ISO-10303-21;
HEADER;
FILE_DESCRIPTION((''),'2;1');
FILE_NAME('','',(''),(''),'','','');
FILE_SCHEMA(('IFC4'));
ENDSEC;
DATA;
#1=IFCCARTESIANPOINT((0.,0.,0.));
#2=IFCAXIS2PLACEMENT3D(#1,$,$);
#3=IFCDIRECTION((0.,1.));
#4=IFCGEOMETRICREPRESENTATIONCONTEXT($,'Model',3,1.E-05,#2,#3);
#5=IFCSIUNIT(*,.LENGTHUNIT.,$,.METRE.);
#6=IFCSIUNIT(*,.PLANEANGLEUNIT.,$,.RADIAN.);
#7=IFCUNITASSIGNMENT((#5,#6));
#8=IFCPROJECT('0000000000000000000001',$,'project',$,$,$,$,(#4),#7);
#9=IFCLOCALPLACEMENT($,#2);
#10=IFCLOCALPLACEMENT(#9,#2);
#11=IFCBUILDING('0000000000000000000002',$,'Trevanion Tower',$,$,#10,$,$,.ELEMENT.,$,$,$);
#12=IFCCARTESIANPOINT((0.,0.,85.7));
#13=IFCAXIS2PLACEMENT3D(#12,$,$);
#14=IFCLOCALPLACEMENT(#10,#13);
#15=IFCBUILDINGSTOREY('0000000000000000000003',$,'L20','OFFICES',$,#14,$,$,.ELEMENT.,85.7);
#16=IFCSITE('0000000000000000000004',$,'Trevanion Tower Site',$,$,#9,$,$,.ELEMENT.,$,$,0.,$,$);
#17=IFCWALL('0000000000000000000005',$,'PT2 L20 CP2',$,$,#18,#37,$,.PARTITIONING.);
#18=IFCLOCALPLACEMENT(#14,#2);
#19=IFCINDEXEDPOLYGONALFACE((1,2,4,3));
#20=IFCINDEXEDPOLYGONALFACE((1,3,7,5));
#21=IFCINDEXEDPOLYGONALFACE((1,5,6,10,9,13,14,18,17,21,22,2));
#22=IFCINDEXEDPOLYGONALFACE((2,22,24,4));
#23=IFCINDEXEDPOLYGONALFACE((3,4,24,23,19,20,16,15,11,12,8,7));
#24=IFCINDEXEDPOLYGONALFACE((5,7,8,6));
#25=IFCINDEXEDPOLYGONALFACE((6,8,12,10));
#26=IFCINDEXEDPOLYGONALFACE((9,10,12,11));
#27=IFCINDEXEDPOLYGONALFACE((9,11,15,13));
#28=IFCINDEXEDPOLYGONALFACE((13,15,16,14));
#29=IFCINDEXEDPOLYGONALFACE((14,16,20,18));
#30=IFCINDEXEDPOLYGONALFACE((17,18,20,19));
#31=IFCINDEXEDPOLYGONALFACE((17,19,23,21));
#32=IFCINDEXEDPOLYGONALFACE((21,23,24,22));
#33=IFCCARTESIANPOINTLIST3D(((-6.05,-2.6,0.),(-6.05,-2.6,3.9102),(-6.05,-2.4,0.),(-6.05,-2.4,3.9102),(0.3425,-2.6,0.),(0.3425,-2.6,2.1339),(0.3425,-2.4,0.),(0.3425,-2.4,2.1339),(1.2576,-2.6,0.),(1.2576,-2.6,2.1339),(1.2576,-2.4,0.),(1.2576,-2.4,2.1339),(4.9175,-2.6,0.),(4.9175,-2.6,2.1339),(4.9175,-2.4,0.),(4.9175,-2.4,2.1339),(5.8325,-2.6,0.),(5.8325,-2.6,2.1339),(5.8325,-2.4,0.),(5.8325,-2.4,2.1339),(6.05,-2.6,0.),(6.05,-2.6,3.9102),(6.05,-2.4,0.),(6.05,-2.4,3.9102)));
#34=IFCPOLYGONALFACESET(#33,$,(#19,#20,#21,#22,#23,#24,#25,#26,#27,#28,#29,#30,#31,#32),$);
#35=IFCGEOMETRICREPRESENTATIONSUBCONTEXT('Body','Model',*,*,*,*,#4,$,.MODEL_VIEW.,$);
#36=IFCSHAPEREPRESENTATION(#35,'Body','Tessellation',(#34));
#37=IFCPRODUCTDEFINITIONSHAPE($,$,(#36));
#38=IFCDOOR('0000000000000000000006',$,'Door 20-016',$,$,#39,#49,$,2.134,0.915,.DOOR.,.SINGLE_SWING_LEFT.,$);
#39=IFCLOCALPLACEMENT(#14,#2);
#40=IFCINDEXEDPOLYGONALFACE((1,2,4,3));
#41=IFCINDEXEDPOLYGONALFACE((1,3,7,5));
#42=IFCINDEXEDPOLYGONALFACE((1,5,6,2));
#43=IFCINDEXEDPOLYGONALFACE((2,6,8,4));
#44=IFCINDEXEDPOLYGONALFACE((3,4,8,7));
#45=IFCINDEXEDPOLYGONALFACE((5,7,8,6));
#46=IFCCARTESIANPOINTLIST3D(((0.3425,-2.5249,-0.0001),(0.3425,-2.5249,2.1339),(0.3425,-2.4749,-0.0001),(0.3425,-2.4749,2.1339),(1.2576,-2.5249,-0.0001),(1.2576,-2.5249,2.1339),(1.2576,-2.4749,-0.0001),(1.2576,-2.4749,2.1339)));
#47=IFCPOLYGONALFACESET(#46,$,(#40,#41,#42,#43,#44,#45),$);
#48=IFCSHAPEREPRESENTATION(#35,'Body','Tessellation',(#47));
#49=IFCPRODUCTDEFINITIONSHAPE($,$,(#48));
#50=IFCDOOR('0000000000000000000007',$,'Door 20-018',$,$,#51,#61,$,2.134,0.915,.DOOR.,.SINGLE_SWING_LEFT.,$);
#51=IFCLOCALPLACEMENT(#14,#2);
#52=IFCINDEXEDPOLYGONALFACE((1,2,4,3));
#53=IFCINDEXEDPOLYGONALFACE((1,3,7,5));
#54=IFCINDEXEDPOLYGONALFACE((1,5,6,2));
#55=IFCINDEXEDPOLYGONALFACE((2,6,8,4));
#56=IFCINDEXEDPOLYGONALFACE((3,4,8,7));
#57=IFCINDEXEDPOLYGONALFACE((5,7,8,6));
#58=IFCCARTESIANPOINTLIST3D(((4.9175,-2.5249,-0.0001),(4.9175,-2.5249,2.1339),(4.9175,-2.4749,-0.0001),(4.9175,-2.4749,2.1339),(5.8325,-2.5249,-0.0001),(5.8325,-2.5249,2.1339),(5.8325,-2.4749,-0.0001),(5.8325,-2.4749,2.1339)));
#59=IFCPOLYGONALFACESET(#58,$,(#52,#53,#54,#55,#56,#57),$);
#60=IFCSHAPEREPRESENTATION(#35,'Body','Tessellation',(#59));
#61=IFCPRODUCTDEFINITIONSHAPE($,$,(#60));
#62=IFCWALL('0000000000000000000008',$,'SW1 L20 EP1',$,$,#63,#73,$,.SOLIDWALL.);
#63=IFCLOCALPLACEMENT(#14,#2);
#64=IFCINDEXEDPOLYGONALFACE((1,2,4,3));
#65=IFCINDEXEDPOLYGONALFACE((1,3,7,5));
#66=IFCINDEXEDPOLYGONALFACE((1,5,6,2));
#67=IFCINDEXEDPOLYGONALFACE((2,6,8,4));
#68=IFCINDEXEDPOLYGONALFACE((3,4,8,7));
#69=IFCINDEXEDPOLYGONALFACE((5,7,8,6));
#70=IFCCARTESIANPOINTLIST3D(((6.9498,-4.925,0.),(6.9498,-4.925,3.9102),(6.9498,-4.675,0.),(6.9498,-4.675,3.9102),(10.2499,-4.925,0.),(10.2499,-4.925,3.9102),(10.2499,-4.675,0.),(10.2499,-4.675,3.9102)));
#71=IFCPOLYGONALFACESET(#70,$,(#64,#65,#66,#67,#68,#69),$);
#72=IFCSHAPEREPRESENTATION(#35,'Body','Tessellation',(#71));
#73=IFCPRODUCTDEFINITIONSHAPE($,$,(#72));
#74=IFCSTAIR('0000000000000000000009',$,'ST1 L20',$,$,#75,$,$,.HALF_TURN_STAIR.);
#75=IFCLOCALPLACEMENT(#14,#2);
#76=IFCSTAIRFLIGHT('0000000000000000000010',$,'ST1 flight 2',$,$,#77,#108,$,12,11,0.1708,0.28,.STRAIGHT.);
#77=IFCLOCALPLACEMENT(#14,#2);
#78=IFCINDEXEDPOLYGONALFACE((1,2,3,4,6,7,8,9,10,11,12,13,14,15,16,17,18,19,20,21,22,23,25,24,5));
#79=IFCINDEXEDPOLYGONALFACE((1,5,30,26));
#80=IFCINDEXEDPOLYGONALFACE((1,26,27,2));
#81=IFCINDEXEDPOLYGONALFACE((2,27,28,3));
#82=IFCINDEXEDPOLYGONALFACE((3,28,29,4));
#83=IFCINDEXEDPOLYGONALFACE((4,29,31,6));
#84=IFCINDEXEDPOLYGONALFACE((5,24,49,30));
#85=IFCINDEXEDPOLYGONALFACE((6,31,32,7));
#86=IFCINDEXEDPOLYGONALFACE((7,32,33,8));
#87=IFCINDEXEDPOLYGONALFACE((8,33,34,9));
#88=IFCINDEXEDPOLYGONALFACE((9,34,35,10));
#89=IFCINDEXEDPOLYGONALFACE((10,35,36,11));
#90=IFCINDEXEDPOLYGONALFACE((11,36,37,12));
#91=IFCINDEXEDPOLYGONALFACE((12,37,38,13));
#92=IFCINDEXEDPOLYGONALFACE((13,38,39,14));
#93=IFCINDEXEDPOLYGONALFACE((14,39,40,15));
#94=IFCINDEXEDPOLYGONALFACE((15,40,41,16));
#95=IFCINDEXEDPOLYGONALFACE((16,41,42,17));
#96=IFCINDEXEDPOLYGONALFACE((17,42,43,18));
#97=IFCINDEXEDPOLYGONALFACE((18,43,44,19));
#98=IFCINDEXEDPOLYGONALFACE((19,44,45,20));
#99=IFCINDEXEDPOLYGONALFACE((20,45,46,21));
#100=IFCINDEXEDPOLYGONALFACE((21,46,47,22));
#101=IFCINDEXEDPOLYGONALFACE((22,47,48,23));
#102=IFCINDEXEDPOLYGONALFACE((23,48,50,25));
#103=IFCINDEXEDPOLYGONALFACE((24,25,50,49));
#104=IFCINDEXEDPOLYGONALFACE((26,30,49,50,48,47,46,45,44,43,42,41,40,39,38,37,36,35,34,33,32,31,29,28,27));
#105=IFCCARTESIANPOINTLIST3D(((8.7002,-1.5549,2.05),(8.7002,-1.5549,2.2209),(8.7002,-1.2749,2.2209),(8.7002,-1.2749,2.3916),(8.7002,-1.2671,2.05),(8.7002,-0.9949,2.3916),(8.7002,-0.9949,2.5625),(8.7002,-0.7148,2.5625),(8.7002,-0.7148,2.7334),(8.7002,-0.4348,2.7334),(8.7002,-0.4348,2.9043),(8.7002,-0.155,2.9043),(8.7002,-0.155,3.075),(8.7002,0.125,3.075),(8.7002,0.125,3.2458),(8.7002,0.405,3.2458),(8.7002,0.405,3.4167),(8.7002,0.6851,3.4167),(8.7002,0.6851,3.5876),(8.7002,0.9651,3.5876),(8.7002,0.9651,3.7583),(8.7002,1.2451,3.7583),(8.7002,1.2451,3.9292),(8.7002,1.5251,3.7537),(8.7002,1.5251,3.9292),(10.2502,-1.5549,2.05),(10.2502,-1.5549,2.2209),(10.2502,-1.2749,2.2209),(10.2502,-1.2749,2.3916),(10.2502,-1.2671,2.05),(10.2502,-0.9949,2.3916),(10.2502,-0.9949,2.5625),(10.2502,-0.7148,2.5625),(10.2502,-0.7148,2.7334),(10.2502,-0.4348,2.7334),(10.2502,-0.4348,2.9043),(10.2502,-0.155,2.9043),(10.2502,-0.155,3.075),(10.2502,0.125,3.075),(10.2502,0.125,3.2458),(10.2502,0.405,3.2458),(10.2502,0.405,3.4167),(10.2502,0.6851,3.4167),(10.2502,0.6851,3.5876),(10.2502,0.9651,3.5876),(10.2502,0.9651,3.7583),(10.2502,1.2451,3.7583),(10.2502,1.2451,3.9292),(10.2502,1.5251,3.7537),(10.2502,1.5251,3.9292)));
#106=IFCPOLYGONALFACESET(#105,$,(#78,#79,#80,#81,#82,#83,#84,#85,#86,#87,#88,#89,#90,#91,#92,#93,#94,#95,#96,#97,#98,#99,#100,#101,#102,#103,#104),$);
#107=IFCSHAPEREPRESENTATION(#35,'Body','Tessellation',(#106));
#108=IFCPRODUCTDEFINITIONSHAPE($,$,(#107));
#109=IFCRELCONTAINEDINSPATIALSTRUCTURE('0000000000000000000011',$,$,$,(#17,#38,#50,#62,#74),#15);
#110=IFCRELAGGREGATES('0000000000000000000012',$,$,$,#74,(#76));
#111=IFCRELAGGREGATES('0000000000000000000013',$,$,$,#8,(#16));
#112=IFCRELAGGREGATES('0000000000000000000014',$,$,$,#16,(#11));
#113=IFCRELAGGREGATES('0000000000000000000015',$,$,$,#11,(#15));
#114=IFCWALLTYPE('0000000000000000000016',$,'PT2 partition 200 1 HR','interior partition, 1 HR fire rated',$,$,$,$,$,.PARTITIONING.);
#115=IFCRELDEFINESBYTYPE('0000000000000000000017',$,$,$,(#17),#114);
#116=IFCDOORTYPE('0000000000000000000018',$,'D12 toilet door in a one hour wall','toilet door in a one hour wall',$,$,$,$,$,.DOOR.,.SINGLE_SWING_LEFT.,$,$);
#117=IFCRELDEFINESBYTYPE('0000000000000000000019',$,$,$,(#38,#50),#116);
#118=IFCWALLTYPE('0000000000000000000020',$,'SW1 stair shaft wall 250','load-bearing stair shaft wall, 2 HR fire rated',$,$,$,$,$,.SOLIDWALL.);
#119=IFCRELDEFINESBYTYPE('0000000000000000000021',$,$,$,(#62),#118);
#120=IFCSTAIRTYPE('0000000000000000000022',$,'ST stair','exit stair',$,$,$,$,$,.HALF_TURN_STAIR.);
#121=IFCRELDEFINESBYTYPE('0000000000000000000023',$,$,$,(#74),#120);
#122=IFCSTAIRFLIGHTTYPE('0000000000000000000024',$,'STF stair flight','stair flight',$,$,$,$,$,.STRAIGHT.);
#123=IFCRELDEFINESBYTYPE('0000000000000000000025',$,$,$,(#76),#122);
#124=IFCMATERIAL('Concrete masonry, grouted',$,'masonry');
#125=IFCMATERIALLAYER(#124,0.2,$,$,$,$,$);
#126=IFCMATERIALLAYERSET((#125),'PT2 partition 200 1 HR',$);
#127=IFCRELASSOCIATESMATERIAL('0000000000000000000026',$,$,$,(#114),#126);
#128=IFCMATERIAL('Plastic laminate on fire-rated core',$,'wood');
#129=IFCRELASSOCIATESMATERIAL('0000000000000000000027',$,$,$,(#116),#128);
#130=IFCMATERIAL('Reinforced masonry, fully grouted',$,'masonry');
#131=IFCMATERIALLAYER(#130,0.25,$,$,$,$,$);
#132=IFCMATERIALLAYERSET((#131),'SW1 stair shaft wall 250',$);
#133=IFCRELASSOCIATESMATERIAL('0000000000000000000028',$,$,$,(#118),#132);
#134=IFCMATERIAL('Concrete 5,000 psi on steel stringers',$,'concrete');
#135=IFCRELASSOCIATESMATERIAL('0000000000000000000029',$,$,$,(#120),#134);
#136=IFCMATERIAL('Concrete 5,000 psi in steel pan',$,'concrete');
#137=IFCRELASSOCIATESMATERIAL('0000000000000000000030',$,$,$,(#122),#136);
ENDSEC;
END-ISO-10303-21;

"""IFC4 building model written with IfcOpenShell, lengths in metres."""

from ifc_helpers import new_model, si_unit, direction, frame, frame_2d, origin, place, context, subcontext, project, spatial, polyline, rectangle, outline, extrude, material, layer, layer_set, type_object, element, fill, aggregate, save


model = new_model("IFC4")

# Units and contexts
model_context = context("Model", 3, precision=1e-05, world=origin(), true_north=direction((0.0, 1.0)))
body_context = subcontext(model_context, "Body", "Model", "MODEL_VIEW")
ifc_project = project(units=[si_unit("LENGTHUNIT", "METRE"), si_unit("PLANEANGLEUNIT", "RADIAN")], contexts=[model_context])

# Site, building, storey
site_placement = place(None, origin())
site = spatial("IfcSite", under=ifc_project, at=site_placement, Name="Trevanion Tower Site", CompositionType="ELEMENT", RefElevation=0.0)
building_placement = place(site_placement, origin())
building = spatial("IfcBuilding", under=site, at=building_placement, Name="Trevanion Tower", CompositionType="ELEMENT")
storey_placement = place(building_placement, frame((0.0, 0.0, 85.7)))
storey = spatial("IfcBuildingStorey", under=building, at=storey_placement, Name="L20", Description="OFFICES", CompositionType="ELEMENT", Elevation=85.7)

# Wall, openings, doors
ifc_material_1 = material(Name="Concrete masonry, grouted", Category="masonry")
ifc_layer_1 = layer(ifc_material_1, 0.2)
ifc_layer_set_1 = layer_set([ifc_layer_1], Name="PT2 partition 200 1 HR")
wall_type_1 = type_object("IfcWallType", Name="PT2 partition 200 1 HR", Description="interior partition, 1 HR fire rated", PredefinedType="PARTITIONING", material=ifc_layer_set_1)
wall_1_placement = place(storey_placement, frame((6.05, -2.5, 0.0), z_axis=(0.0, 0.0, 1.0), x_axis=(-1.0, 0.0, 0.0)))
wall_1 = element("IfcWall", 1, at=wall_1_placement, inside=storey, type_object=wall_type_1, Name="PT2 L20 CP2", PredefinedType="PARTITIONING", context=body_context, shape_type="SweptSolid", body=[
    extrude(rectangle(XDim=12.1001, YDim=0.2, at=frame_2d((6.05, 0.0))), origin(), (0.0, 0.0, 1.0), 3.9102),
])
opening_1_placement = place(wall_1_placement, frame((4.7925, 0.0, 0.0)))
opening_1 = element("IfcOpeningElement", 2, at=opening_1_placement, cuts=wall_1, PredefinedType="OPENING", context=body_context, shape_type="SweptSolid", body=[
    extrude(rectangle(XDim=0.915, YDim=2.134, at=frame_2d((0.4575, 1.0669))), frame((0.0, 0.1099, 0.0), z_axis=(0.0, -1.0, 0.0), x_axis=(1.0, 0.0, 0.0)), (0.0, 0.0, 1.0), 0.22),
])
opening_2_placement = place(wall_1_placement, frame((0.2175, 0.0, 0.0)))
opening_2 = element("IfcOpeningElement", 3, at=opening_2_placement, cuts=wall_1, PredefinedType="OPENING", context=body_context, shape_type="SweptSolid", body=[
    extrude(rectangle(XDim=0.915, YDim=2.134, at=frame_2d((0.4575, 1.0669))), frame((0.0, 0.1099, 0.0), z_axis=(0.0, -1.0, 0.0), x_axis=(1.0, 0.0, 0.0)), (0.0, 0.0, 1.0), 0.22),
])
ifc_material_2 = material(Name="Plastic laminate on fire-rated core", Category="wood")
door_type_1 = type_object("IfcDoorType", Name="D12 toilet door in a one hour wall", Description="toilet door in a one hour wall", OperationType="SINGLE_SWING_LEFT", PredefinedType="DOOR", material=ifc_material_2)
door_1_placement = place(opening_1_placement, origin())
door_1 = element("IfcDoor", 4, at=door_1_placement, inside=storey, type_object=door_type_1, Name="Door 20-016", OperationType="SINGLE_SWING_LEFT", OverallHeight=2.134, OverallWidth=0.915, PredefinedType="DOOR", context=body_context, shape_type="SweptSolid", body=[
    extrude(rectangle(XDim=0.915, YDim=2.134, at=frame_2d((0.4575, 1.0669))), frame((0.0, 0.0249, 0.0), z_axis=(0.0, -1.0, 0.0), x_axis=(1.0, 0.0, 0.0)), (0.0, 0.0, 1.0), 0.05),
])
fill(opening_1, door_1)
door_2_placement = place(opening_2_placement, origin())
door_2 = element("IfcDoor", 5, at=door_2_placement, inside=storey, type_object=door_type_1, Name="Door 20-018", OperationType="SINGLE_SWING_LEFT", OverallHeight=2.134, OverallWidth=0.915, PredefinedType="DOOR", context=body_context, shape_type="SweptSolid", body=[
    extrude(rectangle(XDim=0.915, YDim=2.134, at=frame_2d((0.4575, 1.0669))), frame((0.0, 0.0249, 0.0), z_axis=(0.0, -1.0, 0.0), x_axis=(1.0, 0.0, 0.0)), (0.0, 0.0, 1.0), 0.05),
])
fill(opening_2, door_2)

# Wall
ifc_material_3 = material(Name="Reinforced masonry, fully grouted", Category="masonry")
ifc_layer_2 = layer(ifc_material_3, 0.25)
ifc_layer_set_2 = layer_set([ifc_layer_2], Name="SW1 stair shaft wall 250")
wall_type_2 = type_object("IfcWallType", Name="SW1 stair shaft wall 250", Description="load-bearing stair shaft wall, 2 HR fire rated", PredefinedType="SOLIDWALL", material=ifc_layer_set_2)
wall_2_placement = place(storey_placement, frame((6.95, -4.8, 0.0), z_axis=(0.0, 0.0, 1.0), x_axis=(1.0, 0.0, 0.0)))
element("IfcWall", 6, at=wall_2_placement, inside=storey, type_object=wall_type_2, Name="SW1 L20 EP1", PredefinedType="SOLIDWALL", context=body_context, shape_type="SweptSolid", body=[
    extrude(rectangle(XDim=3.3, YDim=0.25, at=frame_2d((1.6499, 0.0))), origin(), (0.0, 0.0, 1.0), 3.9102),
])

# Stair, stair flight
ifc_material_4 = material(Name="Concrete 5,000 psi on steel stringers", Category="concrete")
stair_type = type_object("IfcStairType", Name="ST stair", Description="exit stair", PredefinedType="HALF_TURN_STAIR", material=ifc_material_4)
stair_placement = place(storey_placement, origin())
stair = element("IfcStair", 7, at=stair_placement, inside=storey, type_object=stair_type, Name="ST1 L20", PredefinedType="HALF_TURN_STAIR")
ifc_material_5 = material(Name="Concrete 5,000 psi in steel pan", Category="concrete")
stair_flight_type = type_object("IfcStairFlightType", Name="STF stair flight", Description="stair flight", PredefinedType="STRAIGHT", material=ifc_material_5)
stair_flight_placement = place(storey_placement, frame((9.4751, -1.5549, 2.05), z_axis=(0.0, 0.0, 1.0), x_axis=(0.0, 1.0, 0.0)))
stair_flight = element("IfcStairFlight", 8, at=stair_flight_placement, type_object=stair_flight_type, Name="ST1 flight 2", NumberOfRisers=12, NumberOfTreads=11, PredefinedType="STRAIGHT", RiserHeight=0.1708, TreadLength=0.28, context=body_context, shape_type="SweptSolid", body=[
    extrude(outline(polyline([(0.0, 0.0), (0.0, 0.1709), (0.28, 0.1709), (0.28, 0.3416), (0.5601, 0.3416), (0.5601, 0.5125), (0.8401, 0.5125), (0.8401, 0.6833), (1.1201, 0.6833), (1.1201, 0.8542), (1.3999, 0.8542), (1.3999, 1.0249), (1.6799, 1.0249), (1.6799, 1.1958), (1.96, 1.1958), (1.96, 1.3667), (2.24, 1.3667), (2.24, 1.5376), (2.52, 1.5376), (2.52, 1.7083), (2.8, 1.7083), (2.8, 1.8792), (3.0801, 1.8792), (3.0801, 2.05), (3.0801, 1.7036), (0.2878, 0.0), (0.0, 0.0)])), frame((0.0, 0.7749, 0.0), z_axis=(0.0, -1.0, 0.0), x_axis=(1.0, 0.0, 0.0)), (0.0, 0.0, 1.0), 1.55),
])
aggregate(stair, [stair_flight])

save(model, "model.ifc")
